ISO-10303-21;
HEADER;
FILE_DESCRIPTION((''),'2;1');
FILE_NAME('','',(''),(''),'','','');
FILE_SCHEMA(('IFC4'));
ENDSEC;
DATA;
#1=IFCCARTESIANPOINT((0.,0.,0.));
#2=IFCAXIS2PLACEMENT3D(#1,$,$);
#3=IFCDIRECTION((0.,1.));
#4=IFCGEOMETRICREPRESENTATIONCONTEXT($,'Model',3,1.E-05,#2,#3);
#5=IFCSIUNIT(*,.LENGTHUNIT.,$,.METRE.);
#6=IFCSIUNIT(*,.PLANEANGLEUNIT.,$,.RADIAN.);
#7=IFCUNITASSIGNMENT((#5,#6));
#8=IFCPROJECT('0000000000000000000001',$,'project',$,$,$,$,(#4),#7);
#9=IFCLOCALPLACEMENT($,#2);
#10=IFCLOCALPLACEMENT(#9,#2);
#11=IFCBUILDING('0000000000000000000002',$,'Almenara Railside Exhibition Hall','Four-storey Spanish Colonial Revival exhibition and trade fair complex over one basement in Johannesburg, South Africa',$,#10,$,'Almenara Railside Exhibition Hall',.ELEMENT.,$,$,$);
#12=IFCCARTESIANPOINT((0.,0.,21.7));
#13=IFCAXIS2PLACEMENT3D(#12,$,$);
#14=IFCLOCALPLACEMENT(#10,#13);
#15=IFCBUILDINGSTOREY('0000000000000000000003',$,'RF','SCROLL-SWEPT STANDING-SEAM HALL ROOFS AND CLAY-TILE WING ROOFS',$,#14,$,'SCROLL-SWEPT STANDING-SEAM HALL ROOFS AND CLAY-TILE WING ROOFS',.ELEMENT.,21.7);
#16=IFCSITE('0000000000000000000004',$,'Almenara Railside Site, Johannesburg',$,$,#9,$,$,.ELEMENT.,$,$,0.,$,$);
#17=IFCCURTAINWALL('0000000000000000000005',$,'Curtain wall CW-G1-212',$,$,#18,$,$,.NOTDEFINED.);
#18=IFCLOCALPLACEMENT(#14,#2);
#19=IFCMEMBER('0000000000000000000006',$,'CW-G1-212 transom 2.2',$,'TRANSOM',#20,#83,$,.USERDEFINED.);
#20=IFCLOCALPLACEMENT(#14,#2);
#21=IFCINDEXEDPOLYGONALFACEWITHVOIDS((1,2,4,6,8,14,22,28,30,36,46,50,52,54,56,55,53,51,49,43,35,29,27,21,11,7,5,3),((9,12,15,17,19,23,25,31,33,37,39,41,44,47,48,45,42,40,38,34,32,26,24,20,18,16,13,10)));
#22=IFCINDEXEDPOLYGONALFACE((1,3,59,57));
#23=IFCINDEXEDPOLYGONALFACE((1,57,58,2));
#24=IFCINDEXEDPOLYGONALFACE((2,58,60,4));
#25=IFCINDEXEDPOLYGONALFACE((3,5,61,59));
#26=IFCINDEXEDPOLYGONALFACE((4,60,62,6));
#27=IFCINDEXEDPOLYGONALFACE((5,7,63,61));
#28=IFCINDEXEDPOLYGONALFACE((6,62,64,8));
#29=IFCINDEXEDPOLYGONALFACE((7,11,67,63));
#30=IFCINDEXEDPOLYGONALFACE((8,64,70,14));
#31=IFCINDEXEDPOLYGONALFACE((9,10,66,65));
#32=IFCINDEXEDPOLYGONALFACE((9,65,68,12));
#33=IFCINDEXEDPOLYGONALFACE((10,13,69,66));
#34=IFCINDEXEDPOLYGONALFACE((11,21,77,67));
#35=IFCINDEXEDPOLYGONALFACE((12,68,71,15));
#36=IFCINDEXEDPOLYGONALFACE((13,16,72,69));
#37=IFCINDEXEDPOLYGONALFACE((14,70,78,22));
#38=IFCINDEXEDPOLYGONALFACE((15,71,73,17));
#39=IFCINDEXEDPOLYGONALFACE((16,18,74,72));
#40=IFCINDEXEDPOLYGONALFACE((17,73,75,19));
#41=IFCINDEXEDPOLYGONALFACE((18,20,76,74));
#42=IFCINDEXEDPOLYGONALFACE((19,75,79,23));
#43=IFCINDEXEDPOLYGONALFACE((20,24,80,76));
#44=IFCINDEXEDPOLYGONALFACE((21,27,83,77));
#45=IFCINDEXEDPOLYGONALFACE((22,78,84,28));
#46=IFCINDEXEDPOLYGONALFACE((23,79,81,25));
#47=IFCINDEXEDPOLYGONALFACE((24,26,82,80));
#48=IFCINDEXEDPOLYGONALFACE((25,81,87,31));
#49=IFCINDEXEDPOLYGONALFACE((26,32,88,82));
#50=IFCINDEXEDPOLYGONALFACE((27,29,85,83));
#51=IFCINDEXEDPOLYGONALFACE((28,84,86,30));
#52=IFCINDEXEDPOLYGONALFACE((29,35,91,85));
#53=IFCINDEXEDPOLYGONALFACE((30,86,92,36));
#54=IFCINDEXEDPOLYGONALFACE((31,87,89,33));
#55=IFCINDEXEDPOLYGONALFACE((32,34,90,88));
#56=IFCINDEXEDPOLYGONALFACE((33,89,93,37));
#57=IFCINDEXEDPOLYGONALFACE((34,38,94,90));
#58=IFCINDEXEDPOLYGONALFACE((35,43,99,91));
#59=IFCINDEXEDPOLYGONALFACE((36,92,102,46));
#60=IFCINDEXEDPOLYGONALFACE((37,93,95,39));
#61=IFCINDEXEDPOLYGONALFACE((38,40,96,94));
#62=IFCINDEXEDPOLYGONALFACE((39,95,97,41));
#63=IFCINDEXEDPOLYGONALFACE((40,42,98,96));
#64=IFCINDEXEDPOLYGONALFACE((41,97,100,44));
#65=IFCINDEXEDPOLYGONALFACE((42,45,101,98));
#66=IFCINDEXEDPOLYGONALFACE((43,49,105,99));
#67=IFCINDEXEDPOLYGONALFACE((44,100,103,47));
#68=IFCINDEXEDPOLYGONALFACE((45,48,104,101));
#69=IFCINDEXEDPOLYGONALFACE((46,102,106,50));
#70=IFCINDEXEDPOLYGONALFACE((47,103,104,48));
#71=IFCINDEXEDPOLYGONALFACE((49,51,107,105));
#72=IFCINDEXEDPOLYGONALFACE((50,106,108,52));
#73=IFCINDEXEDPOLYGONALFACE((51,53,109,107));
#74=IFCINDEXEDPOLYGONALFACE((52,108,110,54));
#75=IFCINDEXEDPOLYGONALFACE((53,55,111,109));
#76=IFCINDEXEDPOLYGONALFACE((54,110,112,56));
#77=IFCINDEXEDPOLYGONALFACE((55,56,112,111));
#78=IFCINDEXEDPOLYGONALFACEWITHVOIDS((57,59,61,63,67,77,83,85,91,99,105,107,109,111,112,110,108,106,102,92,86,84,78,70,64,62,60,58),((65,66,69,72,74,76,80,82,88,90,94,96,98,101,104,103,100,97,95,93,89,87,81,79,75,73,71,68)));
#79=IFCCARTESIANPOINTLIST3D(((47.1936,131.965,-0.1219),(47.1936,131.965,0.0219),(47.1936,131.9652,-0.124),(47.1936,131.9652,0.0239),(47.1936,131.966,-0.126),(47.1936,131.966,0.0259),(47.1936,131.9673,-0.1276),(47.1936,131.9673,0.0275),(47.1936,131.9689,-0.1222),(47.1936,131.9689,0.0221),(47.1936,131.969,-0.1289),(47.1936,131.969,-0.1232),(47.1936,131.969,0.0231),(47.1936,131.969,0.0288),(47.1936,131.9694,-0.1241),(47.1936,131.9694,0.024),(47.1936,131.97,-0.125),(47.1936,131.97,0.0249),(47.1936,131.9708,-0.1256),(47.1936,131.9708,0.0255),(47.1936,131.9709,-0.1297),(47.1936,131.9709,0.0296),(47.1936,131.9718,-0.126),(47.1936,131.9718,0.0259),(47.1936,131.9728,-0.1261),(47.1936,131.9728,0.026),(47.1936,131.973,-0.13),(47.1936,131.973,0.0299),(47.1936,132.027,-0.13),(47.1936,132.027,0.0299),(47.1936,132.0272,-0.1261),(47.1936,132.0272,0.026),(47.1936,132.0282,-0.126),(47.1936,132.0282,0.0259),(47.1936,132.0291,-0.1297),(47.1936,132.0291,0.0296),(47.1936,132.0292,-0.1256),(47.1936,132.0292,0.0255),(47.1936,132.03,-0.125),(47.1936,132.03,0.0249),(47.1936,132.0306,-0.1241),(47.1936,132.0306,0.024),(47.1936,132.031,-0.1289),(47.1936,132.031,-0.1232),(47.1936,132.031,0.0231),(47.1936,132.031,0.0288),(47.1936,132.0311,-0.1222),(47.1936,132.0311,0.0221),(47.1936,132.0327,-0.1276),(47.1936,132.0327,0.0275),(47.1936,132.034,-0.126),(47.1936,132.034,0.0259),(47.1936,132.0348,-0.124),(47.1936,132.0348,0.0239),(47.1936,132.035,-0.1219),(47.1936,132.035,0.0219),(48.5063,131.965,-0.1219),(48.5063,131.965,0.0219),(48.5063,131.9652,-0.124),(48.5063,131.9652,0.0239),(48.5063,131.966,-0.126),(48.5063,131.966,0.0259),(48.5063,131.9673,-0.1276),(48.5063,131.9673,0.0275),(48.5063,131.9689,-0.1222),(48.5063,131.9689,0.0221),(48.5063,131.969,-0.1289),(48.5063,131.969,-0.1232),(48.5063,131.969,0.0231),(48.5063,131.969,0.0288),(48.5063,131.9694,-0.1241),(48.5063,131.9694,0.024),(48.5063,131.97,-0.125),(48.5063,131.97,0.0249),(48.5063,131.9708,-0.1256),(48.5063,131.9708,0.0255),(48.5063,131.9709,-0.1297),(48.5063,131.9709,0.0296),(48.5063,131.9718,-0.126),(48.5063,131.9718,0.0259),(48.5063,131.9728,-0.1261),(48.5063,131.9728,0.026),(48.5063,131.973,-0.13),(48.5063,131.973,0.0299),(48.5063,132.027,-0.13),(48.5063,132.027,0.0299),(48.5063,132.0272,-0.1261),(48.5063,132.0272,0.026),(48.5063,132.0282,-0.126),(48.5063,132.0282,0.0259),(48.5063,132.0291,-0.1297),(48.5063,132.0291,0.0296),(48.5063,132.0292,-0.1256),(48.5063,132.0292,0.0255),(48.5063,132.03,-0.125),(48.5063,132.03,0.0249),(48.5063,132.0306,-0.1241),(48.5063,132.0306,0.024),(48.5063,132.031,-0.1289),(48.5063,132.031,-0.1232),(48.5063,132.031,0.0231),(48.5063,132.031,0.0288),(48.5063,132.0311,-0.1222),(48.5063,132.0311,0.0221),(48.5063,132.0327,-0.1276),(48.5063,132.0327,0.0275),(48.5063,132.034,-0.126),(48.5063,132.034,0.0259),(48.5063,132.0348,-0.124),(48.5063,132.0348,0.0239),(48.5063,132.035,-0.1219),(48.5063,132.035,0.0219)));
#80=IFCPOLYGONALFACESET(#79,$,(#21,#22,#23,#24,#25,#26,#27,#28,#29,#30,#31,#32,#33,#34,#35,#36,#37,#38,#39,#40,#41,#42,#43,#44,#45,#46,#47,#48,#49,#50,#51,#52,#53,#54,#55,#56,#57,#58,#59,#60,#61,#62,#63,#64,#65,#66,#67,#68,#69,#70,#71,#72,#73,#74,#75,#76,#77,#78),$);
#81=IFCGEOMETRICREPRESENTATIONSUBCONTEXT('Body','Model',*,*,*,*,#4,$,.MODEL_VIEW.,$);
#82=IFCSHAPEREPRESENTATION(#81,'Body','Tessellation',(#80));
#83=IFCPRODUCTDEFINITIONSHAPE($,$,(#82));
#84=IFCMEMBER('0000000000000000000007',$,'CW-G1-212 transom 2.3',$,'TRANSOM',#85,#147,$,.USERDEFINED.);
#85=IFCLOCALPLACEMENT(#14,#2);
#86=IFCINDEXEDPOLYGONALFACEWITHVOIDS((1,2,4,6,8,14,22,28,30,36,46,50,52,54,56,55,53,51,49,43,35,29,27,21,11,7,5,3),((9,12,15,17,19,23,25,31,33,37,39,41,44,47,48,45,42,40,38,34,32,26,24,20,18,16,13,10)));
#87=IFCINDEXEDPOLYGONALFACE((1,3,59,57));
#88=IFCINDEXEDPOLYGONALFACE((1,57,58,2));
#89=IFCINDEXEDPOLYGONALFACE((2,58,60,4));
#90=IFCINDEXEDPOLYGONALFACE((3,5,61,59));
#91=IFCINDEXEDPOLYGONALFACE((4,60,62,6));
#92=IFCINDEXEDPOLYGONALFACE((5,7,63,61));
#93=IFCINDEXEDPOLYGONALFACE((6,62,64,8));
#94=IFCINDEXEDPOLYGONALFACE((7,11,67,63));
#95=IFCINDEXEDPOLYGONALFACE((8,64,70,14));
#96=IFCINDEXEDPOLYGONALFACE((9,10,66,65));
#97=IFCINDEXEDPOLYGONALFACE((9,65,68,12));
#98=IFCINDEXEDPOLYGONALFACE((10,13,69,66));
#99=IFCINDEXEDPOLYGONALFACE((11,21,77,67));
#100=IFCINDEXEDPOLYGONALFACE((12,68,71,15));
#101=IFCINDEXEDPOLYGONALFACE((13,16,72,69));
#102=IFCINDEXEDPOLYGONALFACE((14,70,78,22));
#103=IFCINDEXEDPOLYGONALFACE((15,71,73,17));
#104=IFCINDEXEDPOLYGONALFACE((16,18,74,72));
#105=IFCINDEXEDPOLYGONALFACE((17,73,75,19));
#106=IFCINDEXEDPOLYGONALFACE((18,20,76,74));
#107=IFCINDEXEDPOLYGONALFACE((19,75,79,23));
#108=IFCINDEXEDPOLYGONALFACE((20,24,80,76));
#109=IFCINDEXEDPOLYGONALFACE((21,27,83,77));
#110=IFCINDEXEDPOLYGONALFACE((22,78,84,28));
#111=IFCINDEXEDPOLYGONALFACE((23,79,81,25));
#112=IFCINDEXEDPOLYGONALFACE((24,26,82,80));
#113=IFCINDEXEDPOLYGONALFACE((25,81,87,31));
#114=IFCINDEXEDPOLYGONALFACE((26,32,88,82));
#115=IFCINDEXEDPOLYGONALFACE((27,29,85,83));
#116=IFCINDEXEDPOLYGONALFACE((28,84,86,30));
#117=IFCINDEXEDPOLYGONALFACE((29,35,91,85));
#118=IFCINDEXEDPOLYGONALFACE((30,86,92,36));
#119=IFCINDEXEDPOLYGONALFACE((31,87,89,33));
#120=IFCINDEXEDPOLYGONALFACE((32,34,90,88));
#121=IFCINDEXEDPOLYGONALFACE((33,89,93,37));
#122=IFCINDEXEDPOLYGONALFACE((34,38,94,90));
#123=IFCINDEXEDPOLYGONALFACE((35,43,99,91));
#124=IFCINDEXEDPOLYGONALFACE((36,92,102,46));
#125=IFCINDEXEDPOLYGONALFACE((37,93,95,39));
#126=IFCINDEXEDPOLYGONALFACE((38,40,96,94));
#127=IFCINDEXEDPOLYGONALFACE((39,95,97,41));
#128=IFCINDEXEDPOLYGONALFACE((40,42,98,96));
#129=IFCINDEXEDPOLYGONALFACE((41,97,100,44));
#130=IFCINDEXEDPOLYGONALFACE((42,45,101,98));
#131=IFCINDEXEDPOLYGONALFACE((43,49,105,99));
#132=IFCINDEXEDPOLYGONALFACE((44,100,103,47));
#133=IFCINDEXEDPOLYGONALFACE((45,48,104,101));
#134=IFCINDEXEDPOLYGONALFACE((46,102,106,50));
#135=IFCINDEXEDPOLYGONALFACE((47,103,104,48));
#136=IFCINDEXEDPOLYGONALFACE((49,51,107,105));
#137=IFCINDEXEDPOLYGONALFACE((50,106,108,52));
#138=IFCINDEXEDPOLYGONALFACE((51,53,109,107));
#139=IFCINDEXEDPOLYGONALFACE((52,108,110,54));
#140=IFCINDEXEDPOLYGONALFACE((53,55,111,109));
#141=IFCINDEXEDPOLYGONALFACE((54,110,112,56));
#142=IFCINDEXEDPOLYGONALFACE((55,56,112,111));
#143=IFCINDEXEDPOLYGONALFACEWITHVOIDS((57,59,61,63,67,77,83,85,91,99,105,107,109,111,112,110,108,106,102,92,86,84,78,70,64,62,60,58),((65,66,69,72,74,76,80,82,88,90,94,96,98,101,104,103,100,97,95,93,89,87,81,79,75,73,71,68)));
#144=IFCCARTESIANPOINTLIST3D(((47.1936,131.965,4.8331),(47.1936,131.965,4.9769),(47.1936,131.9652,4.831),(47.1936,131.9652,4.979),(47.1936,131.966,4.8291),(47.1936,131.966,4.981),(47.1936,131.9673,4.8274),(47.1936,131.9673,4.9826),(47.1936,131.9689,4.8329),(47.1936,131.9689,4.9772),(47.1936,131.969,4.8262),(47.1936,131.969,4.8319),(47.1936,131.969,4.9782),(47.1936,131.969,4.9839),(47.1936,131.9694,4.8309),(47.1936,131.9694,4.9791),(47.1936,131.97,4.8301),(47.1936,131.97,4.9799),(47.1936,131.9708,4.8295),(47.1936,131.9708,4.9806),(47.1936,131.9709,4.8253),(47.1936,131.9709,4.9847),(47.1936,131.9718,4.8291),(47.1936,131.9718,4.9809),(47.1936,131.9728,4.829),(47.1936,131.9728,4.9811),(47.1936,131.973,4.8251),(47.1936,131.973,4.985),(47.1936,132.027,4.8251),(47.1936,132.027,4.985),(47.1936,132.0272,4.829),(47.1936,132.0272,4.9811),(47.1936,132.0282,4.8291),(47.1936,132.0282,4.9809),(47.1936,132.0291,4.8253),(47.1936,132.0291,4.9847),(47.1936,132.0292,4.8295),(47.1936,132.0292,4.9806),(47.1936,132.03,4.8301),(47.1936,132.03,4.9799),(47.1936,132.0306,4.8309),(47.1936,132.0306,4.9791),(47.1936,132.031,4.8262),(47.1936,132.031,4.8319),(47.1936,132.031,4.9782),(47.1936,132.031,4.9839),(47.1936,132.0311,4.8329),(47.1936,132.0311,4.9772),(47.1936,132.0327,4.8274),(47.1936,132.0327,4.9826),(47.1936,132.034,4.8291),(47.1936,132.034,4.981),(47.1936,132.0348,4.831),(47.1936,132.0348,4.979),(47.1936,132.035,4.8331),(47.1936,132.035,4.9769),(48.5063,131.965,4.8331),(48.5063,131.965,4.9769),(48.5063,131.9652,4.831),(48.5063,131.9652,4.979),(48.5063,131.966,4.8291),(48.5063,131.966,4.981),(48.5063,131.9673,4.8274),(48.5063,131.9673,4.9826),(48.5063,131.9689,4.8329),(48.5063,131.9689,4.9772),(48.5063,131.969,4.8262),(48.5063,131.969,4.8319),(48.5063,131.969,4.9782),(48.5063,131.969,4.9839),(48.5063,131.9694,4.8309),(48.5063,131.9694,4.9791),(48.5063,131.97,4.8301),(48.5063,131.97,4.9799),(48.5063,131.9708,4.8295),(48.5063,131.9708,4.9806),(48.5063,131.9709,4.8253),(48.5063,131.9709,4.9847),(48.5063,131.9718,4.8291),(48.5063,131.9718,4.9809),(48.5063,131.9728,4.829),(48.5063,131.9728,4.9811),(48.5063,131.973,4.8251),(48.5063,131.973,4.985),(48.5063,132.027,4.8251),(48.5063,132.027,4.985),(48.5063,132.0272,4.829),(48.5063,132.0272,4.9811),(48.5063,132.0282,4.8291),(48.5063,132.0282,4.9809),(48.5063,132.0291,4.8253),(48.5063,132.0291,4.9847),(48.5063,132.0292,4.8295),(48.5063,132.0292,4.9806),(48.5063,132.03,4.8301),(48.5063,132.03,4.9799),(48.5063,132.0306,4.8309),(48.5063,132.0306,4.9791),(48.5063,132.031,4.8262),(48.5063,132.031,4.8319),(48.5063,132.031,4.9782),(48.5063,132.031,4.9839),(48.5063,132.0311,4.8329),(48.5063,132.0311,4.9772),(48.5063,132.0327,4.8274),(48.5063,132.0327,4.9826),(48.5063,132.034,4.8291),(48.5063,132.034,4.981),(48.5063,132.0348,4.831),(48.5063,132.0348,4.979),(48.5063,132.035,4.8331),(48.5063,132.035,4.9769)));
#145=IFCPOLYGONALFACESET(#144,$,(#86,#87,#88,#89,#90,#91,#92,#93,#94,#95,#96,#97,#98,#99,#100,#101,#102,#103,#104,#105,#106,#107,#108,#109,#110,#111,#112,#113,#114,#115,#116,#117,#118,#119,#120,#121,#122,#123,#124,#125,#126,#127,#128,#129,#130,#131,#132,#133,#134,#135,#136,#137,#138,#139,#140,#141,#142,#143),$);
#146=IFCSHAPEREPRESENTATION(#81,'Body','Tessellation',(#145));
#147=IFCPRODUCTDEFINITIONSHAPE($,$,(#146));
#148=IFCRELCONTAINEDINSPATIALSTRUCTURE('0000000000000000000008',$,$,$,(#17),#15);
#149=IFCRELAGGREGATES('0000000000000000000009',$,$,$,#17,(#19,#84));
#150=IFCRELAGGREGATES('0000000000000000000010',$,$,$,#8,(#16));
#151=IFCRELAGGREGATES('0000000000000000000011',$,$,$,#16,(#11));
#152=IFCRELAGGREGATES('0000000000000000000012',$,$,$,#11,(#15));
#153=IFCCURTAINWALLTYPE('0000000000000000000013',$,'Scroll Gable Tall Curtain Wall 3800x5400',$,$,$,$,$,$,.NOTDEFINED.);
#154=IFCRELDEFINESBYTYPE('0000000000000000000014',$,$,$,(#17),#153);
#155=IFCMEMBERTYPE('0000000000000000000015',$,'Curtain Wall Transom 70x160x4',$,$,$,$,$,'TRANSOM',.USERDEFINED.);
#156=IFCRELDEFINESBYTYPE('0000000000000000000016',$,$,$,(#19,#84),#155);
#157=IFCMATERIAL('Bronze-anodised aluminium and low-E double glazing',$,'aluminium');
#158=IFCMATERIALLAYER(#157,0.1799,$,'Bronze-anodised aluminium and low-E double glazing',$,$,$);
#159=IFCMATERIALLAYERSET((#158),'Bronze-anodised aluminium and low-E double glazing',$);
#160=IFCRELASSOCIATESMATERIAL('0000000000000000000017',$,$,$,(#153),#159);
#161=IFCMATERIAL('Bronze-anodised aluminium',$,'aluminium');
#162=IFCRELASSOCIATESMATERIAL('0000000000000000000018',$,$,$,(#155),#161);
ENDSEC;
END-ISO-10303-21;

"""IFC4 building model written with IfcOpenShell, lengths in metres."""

from ifc_helpers import new_model, si_unit, direction, frame, origin, origin_2d, place, context, subcontext, project, spatial, hollow_rectangle, extrude, material, layer, layer_set, material_profile, profile_set, type_object, element, aggregate, save


model = new_model("IFC4")

# Units and contexts
model_context = context("Model", 3, precision=1e-05, world=origin(), true_north=direction((0.0, 1.0)))
body_context = subcontext(model_context, "Body", "Model", "MODEL_VIEW")
ifc_project = project(units=[si_unit("LENGTHUNIT", "METRE"), si_unit("PLANEANGLEUNIT", "RADIAN")], contexts=[model_context])

# Site, building, storey
site_placement = place(None, origin())
site = spatial("IfcSite", under=ifc_project, at=site_placement, Name="Almenara Railside Site, Johannesburg", CompositionType="ELEMENT", RefElevation=0.0)
building_placement = place(site_placement, origin())
building = spatial("IfcBuilding", under=site, at=building_placement, Name="Almenara Railside Exhibition Hall", Description="Four-storey Spanish Colonial Revival exhibition and trade fair complex over one basement in Johannesburg, South Africa", LongName="Almenara Railside Exhibition Hall", CompositionType="ELEMENT")
storey_placement = place(building_placement, frame((0.0, 0.0, 21.7)))
storey = spatial("IfcBuildingStorey", under=building, at=storey_placement, Name="RF", Description="SCROLL-SWEPT STANDING-SEAM HALL ROOFS AND CLAY-TILE WING ROOFS", LongName="SCROLL-SWEPT STANDING-SEAM HALL ROOFS AND CLAY-TILE WING ROOFS", CompositionType="ELEMENT", Elevation=21.7)

# Shared definitions
ifc_material_1 = material(Name="Bronze-anodised aluminium and low-E double glazing", Category="aluminium")
ifc_layer_1 = layer(ifc_material_1, 0.1799, Name="Bronze-anodised aluminium and low-E double glazing")
ifc_layer_set_1 = layer_set([ifc_layer_1], Name="Bronze-anodised aluminium and low-E double glazing")
curtain_wall_type = type_object("IfcCurtainWallType", Name="Scroll Gable Tall Curtain Wall 3800x5400", PredefinedType="NOTDEFINED", material=ifc_layer_set_1)
ifc_material_2 = material(Name="Bronze-anodised aluminium", Category="aluminium")

# Curtain wall
curtain_wall_1_placement = place(storey_placement, origin())
curtain_wall_1 = element("IfcCurtainWall", 1, at=curtain_wall_1_placement, inside=storey, type_object=curtain_wall_type, Name="Curtain wall CW-G1-212", PredefinedType="NOTDEFINED")

# Members
ifc_material_profile_1 = material_profile(ifc_material_2, hollow_rectangle(XDim=0.0701, YDim=0.1599, WallThickness=0.0039, InnerFilletRadius=0.0039, OuterFilletRadius=0.0081, at=origin_2d()), Name="ALU-TRN 70x160x4")
ifc_profile_set_1 = profile_set([ifc_material_profile_1], Name="Bronze-anodised aluminium")
member_type_1 = type_object("IfcMemberType", Name="Curtain Wall Transom 70x160x4", ElementType="TRANSOM", PredefinedType="USERDEFINED", material=ifc_profile_set_1)
member_1_placement = place(storey_placement, frame((47.1936, 132.0, -0.05), z_axis=(1.0, 0.0, 0.0), x_axis=(0.0, 1.0, 0.0)))
member_1 = element("IfcMember", 2, at=member_1_placement, type_object=member_type_1, Name="CW-G1-212 transom 2.2", ObjectType="TRANSOM", PredefinedType="USERDEFINED", context=body_context, shape_type="SweptSolid", body=[
    extrude(hollow_rectangle(XDim=0.0701, YDim=0.1599, WallThickness=0.0039, InnerFilletRadius=0.0039, OuterFilletRadius=0.0081, at=origin_2d()), origin(), (0.0, 0.0, 1.0), 1.3127),
])
member_2_placement = place(storey_placement, frame((47.1936, 132.0, 4.905), z_axis=(1.0, 0.0, 0.0), x_axis=(0.0, 1.0, 0.0)))
member_2 = element("IfcMember", 3, at=member_2_placement, type_object=member_type_1, Name="CW-G1-212 transom 2.3", ObjectType="TRANSOM", PredefinedType="USERDEFINED", context=body_context, shape_type="SweptSolid", body=[
    extrude(hollow_rectangle(XDim=0.0701, YDim=0.1599, WallThickness=0.0039, InnerFilletRadius=0.0039, OuterFilletRadius=0.0081, at=origin_2d()), origin(), (0.0, 0.0, 1.0), 1.3127),
])

aggregate(curtain_wall_1, [member_1, member_2])

save(model, "model.ifc")
